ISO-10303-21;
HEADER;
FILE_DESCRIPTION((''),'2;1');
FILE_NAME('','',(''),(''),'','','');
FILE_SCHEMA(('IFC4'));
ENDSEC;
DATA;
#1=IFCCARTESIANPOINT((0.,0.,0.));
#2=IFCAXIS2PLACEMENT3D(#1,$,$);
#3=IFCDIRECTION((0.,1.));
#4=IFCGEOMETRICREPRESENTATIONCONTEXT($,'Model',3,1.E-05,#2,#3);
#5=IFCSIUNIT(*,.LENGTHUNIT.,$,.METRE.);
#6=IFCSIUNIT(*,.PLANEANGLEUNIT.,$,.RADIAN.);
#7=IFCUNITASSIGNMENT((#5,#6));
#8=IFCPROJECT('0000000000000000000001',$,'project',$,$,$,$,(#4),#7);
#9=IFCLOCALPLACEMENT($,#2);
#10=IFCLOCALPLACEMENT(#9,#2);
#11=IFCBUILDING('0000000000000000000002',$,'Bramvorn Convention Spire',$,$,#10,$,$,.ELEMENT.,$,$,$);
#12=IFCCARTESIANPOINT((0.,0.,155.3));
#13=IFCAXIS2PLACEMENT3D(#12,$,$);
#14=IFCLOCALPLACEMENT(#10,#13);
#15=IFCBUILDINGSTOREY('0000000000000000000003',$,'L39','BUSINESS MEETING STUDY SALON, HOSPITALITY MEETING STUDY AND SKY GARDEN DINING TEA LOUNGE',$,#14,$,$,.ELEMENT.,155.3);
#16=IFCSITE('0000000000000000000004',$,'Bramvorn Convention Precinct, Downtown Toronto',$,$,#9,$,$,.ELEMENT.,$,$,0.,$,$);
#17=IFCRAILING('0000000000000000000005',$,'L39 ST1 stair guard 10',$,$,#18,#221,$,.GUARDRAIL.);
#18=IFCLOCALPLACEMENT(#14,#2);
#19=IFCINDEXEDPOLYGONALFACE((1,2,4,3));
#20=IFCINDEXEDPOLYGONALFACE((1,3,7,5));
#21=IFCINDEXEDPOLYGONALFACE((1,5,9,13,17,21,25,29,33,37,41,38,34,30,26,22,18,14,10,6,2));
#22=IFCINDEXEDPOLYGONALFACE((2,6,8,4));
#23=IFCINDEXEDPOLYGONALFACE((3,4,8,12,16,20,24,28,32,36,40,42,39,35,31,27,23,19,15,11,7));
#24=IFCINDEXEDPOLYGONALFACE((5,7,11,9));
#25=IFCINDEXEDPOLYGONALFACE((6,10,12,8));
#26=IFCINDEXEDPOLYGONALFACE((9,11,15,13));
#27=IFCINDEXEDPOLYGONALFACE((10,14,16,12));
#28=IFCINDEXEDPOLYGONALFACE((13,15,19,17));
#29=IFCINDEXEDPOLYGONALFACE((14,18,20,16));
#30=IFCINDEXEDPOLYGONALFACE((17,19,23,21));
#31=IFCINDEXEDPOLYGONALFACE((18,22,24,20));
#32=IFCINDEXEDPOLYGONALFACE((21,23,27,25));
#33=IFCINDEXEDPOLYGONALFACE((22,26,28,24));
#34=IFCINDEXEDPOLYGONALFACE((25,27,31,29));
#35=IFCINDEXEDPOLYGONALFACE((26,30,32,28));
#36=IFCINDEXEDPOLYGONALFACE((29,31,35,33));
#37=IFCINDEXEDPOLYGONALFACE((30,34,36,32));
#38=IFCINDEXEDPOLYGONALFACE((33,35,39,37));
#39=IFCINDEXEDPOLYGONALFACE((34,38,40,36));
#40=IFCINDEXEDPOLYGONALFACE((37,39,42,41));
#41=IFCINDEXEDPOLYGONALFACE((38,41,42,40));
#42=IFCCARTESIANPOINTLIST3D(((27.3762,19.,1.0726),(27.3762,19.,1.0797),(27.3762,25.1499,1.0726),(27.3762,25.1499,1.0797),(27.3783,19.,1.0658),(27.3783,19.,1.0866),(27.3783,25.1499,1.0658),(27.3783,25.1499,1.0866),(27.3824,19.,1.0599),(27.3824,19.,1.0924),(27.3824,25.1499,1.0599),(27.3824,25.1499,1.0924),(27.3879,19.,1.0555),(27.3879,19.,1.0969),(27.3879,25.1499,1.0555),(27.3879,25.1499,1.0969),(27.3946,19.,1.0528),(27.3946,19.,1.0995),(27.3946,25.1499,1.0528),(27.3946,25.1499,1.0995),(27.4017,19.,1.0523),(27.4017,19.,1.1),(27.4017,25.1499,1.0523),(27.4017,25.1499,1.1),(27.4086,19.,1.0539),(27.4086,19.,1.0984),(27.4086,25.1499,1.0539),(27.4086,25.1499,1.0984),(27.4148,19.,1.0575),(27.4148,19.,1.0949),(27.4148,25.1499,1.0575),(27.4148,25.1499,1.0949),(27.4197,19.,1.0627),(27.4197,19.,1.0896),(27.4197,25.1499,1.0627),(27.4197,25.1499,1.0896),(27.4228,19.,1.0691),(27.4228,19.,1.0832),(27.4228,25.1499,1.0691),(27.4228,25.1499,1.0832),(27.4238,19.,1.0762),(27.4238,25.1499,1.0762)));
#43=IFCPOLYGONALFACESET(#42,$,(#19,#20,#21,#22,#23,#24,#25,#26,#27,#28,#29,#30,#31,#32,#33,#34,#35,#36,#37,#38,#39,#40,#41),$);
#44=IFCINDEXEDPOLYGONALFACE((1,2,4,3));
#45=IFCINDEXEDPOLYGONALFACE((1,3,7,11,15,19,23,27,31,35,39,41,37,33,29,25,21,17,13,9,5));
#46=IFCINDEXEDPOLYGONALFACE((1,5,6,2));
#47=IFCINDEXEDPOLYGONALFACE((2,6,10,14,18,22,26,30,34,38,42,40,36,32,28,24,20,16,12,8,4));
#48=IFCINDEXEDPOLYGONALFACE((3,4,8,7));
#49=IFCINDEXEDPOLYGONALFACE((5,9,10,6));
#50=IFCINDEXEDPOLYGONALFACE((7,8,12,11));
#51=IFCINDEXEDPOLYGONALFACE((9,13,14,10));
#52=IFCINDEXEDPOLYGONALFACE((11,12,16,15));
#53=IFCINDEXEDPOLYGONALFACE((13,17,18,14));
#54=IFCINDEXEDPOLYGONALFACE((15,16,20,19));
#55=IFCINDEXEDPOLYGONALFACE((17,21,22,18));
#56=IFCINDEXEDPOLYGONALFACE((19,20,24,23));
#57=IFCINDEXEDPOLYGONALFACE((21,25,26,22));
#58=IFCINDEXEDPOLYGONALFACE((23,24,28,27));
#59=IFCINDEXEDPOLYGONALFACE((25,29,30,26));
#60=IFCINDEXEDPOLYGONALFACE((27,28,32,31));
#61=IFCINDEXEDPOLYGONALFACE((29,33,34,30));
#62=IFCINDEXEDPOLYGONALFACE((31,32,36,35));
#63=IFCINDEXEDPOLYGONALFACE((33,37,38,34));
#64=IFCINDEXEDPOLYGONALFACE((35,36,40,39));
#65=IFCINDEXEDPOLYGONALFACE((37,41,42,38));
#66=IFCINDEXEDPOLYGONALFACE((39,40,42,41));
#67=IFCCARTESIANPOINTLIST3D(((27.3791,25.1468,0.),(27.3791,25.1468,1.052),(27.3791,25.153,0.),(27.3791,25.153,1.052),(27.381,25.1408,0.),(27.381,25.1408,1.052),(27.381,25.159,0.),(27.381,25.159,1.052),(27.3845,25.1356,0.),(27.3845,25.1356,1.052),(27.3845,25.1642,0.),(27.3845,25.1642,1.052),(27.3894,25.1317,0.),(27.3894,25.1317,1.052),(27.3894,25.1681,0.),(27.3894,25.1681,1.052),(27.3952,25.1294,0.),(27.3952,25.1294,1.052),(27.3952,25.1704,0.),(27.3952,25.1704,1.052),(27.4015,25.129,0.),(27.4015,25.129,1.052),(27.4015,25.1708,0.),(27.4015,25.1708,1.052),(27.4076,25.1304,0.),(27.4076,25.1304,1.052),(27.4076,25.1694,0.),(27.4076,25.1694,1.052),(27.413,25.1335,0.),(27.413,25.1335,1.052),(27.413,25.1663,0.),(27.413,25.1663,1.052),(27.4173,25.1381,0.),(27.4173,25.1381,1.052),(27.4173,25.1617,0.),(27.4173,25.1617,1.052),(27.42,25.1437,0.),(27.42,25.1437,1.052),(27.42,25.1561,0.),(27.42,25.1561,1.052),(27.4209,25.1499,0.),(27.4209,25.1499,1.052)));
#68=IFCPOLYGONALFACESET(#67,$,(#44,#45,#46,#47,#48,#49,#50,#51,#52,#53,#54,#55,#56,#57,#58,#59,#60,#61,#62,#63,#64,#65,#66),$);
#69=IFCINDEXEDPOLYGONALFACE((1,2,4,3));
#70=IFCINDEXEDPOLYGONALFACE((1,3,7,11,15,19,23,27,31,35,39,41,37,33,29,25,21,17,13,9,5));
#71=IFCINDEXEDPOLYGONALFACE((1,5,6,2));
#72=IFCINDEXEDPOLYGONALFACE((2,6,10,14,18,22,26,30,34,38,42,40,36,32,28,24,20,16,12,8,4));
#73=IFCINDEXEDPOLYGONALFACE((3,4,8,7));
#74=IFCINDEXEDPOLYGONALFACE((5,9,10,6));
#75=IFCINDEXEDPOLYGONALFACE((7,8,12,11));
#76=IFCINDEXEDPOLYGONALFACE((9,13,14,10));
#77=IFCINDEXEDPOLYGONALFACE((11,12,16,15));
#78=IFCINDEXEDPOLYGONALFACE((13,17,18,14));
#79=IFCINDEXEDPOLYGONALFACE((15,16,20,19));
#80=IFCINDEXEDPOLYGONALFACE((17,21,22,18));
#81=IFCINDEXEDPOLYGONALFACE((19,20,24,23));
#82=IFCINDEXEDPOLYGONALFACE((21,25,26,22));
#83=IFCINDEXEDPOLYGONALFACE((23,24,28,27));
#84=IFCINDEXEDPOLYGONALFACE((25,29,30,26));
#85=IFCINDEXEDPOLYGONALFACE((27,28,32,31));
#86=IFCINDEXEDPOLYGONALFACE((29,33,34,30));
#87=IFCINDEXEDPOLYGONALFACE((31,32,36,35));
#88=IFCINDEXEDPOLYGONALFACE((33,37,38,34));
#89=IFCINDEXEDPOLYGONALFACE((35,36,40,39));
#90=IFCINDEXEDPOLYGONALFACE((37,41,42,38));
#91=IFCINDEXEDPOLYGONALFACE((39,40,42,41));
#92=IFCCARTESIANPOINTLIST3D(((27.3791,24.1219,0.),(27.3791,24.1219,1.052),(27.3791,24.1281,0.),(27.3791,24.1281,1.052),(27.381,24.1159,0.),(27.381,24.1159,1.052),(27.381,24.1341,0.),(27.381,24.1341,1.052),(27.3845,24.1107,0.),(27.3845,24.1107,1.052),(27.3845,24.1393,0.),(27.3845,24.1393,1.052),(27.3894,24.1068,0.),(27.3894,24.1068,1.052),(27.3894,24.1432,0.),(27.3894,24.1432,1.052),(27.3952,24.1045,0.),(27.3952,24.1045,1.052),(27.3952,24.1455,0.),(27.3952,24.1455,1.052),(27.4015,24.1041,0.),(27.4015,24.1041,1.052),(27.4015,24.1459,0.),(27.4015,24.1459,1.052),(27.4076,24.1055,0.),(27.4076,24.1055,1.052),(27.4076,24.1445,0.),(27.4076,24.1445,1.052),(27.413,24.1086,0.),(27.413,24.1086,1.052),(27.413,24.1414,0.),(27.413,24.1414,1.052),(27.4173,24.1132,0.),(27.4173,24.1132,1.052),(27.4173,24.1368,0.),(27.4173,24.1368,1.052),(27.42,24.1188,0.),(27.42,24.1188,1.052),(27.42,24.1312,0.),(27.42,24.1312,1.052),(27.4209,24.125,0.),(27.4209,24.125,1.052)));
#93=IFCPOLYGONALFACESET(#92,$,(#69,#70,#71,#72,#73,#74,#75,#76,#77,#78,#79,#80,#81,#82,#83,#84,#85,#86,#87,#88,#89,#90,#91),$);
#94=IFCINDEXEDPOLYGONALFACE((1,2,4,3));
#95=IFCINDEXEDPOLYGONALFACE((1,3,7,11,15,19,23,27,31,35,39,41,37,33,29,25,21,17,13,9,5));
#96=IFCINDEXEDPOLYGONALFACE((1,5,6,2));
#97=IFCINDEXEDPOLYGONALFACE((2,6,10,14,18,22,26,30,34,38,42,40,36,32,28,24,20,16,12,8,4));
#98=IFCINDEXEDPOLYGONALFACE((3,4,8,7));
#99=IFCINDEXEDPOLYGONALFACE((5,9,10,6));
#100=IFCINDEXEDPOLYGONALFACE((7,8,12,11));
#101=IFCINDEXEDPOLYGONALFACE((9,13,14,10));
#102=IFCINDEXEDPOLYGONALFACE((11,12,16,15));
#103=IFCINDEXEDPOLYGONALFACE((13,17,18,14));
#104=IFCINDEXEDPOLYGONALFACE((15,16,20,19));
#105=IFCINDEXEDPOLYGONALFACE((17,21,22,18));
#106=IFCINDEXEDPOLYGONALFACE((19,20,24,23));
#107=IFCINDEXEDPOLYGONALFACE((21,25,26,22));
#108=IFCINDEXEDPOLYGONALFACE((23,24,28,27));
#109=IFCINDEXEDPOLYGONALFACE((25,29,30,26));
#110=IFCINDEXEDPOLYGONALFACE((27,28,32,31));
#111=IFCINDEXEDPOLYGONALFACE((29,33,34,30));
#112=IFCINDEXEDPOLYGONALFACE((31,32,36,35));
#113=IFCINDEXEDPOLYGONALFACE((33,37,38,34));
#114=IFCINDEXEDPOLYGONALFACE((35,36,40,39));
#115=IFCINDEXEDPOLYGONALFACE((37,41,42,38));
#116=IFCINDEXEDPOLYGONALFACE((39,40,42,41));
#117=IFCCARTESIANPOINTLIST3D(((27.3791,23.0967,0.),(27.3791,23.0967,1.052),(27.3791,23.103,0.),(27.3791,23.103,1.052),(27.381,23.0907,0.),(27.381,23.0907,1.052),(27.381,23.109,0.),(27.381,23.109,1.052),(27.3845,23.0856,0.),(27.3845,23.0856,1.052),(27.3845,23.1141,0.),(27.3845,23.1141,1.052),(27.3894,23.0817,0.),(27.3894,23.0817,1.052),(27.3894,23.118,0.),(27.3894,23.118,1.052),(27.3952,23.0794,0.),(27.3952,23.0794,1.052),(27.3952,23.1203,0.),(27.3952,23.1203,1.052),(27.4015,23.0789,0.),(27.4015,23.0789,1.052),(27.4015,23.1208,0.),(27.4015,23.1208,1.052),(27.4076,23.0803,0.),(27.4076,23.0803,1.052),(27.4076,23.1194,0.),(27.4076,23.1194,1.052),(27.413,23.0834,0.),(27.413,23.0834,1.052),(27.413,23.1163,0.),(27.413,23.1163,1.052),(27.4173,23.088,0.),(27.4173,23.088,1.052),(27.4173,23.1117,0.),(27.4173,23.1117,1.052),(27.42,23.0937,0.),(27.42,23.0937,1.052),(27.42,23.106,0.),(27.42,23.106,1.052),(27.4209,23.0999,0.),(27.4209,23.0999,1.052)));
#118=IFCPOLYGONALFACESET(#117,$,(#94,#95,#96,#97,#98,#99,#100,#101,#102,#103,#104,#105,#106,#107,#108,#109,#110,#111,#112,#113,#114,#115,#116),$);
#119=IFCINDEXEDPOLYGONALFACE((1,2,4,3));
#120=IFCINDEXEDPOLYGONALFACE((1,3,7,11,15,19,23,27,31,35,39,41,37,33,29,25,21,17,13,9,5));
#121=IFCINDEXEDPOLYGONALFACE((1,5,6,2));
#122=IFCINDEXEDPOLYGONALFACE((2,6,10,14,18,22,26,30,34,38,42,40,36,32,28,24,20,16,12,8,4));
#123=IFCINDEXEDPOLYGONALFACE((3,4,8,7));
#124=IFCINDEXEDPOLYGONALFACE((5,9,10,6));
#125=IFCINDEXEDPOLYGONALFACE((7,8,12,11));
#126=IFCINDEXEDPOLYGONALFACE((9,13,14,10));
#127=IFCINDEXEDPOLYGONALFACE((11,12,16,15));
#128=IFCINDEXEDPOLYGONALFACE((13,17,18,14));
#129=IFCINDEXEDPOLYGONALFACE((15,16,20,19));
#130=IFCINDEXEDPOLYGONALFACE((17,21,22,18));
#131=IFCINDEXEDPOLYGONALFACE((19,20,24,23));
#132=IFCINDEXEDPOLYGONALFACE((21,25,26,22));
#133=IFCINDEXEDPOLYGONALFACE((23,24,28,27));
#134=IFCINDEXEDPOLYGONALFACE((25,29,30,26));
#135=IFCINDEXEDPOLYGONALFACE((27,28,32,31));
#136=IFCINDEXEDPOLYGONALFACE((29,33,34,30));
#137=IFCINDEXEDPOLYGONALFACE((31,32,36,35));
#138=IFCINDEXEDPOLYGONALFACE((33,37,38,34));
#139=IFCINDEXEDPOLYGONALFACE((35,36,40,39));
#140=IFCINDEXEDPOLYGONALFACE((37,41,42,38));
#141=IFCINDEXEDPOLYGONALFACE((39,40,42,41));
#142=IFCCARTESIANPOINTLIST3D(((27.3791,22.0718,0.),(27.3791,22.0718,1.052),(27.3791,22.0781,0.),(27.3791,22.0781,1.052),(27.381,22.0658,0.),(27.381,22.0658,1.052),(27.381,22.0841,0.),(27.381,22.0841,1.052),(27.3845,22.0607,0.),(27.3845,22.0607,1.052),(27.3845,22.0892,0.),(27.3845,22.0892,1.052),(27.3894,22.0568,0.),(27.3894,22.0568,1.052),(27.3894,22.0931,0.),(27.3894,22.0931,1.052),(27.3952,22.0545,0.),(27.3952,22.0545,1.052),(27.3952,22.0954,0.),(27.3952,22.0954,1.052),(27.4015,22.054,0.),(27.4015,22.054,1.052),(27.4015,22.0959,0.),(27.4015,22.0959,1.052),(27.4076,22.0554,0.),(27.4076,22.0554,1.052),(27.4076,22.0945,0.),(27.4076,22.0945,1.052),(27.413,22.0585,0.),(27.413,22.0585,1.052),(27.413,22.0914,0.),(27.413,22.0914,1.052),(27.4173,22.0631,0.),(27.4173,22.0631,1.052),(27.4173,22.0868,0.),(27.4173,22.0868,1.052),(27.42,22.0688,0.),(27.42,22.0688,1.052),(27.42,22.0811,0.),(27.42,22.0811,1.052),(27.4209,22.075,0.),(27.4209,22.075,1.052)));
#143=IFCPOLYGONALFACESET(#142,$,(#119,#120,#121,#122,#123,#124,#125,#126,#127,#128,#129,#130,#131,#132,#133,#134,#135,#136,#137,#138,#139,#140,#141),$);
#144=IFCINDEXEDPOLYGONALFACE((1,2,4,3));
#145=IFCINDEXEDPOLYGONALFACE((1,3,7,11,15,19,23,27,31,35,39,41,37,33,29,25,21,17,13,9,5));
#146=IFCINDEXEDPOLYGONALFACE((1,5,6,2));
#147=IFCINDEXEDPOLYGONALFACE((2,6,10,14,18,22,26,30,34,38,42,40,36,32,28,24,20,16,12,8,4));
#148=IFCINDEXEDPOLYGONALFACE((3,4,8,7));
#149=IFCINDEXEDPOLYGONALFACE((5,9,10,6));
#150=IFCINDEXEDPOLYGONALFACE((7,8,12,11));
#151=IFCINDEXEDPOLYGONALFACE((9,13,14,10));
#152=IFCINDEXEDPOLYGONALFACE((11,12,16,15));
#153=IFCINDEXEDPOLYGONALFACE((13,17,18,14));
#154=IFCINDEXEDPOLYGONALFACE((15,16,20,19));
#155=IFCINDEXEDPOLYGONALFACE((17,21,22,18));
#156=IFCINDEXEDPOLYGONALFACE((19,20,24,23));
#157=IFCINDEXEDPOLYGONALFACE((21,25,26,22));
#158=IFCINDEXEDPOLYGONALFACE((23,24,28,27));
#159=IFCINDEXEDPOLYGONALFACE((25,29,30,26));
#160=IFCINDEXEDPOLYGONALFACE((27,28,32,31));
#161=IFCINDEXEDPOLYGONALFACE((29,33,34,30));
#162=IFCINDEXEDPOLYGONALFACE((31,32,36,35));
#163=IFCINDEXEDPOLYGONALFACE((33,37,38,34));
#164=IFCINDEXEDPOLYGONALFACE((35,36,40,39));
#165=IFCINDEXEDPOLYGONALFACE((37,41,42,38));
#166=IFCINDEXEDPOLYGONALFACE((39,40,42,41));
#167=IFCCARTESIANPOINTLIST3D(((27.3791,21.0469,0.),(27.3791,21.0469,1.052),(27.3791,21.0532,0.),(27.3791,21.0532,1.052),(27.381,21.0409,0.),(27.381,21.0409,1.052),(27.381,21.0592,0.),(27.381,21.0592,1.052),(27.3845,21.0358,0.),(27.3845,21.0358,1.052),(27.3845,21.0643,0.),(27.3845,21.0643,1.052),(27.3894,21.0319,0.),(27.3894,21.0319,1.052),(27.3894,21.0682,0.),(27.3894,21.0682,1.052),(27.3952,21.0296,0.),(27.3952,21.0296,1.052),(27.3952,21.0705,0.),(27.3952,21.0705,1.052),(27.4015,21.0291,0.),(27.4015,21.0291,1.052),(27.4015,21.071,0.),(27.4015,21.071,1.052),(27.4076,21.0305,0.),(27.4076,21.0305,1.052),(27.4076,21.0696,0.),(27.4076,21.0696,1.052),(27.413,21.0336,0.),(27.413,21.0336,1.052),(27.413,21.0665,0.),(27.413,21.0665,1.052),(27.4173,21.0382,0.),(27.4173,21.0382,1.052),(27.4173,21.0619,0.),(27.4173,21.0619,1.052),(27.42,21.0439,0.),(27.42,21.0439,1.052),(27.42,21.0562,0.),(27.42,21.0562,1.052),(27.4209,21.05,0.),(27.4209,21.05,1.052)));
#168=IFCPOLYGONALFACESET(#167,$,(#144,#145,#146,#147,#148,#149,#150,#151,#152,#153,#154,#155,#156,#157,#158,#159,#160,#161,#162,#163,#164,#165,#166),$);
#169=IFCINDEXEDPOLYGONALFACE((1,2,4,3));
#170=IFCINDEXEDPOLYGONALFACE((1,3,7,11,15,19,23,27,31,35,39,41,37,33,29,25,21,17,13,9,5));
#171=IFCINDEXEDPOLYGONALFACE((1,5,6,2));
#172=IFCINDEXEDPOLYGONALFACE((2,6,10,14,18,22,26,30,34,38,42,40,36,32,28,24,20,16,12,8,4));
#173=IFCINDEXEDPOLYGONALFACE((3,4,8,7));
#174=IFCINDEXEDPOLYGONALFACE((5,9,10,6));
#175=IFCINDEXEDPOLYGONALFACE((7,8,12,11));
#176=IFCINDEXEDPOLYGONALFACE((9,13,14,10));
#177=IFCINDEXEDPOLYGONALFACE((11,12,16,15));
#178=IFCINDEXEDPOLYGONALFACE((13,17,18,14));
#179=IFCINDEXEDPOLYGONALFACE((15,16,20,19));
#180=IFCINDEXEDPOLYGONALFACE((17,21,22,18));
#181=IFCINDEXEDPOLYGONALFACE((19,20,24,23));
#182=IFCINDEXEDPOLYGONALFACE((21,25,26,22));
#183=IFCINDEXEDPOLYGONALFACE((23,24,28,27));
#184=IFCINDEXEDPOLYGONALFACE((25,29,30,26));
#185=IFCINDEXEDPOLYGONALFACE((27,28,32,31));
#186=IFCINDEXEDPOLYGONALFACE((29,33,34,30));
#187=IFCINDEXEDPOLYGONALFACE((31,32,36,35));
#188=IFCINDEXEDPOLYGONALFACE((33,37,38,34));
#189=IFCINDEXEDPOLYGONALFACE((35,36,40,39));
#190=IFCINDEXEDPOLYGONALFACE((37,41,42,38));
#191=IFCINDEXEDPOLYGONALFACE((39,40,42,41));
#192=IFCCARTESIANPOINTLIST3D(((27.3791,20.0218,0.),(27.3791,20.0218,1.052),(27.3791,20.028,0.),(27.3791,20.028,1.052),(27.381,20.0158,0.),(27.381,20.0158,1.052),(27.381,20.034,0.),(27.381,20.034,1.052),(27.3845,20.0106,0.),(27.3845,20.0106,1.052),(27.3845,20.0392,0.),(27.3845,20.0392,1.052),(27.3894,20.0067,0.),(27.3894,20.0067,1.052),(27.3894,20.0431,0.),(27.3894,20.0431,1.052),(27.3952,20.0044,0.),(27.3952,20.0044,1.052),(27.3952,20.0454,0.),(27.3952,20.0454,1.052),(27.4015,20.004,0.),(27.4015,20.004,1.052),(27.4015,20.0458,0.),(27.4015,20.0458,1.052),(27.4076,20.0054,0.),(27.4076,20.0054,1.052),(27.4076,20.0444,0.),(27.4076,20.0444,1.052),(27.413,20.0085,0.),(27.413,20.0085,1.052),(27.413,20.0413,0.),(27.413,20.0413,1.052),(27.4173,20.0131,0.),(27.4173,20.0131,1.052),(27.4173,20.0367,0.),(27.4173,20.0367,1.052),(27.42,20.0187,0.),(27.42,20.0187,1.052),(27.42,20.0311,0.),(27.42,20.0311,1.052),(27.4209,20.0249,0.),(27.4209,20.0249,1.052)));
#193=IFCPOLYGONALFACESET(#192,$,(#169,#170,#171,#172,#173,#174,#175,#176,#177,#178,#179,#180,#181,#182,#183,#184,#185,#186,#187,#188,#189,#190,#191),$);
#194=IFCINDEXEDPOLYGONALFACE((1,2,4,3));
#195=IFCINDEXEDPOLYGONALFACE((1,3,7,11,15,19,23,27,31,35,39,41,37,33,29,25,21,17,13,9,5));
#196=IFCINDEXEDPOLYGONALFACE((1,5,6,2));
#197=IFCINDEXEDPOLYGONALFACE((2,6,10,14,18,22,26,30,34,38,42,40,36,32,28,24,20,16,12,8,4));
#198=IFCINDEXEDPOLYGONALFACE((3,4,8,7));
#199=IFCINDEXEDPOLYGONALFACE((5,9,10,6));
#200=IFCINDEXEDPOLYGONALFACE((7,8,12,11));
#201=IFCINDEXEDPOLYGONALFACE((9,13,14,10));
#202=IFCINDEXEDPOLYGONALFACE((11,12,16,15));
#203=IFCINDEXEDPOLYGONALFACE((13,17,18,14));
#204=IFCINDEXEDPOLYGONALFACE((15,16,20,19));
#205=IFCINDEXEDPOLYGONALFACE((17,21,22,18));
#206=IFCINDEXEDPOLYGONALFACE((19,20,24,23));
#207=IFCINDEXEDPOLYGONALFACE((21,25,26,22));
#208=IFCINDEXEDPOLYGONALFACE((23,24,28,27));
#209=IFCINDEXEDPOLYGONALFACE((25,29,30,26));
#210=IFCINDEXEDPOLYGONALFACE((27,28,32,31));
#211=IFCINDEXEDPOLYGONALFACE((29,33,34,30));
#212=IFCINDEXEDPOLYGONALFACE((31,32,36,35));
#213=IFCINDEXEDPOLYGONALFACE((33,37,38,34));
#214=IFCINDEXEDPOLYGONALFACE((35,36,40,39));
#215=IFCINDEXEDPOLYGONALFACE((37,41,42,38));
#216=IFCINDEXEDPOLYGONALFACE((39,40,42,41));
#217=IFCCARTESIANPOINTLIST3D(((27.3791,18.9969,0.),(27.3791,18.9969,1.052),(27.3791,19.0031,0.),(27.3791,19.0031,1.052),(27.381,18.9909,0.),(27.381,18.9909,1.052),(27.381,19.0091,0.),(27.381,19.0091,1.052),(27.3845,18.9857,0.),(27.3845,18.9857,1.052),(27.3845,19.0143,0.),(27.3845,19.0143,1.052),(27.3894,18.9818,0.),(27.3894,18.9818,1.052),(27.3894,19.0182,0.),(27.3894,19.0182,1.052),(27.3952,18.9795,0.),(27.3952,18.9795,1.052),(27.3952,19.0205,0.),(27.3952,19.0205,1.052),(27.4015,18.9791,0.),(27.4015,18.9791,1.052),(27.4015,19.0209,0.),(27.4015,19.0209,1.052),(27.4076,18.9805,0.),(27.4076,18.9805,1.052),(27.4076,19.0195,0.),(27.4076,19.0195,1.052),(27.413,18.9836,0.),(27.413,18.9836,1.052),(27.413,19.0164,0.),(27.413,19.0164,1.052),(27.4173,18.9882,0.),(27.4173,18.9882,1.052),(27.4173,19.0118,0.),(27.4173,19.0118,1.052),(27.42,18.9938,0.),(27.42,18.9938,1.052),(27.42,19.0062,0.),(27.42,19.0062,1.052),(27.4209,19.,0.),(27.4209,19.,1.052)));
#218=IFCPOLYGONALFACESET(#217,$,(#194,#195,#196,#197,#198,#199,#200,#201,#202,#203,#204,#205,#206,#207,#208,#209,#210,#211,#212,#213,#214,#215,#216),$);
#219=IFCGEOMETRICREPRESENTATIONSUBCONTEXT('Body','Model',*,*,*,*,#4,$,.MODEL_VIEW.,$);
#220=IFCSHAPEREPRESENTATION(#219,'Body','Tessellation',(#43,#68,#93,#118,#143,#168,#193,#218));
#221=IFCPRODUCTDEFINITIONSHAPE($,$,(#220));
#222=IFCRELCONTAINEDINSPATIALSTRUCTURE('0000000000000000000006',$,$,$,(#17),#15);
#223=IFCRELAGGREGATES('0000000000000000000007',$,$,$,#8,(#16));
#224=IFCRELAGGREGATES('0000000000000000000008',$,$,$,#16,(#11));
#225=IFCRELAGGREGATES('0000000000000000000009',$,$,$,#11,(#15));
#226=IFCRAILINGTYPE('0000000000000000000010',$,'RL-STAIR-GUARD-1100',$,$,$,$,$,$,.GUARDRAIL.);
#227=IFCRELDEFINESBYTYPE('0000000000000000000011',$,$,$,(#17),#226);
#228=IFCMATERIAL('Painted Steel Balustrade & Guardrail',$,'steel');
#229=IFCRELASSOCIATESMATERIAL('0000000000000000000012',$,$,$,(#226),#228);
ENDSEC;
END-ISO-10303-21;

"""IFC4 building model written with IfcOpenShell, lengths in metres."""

from ifc_helpers import new_model, si_unit, direction, frame, origin, origin_2d, place, context, subcontext, project, spatial, circle, extrude, material, type_object, element, save


model = new_model("IFC4")

# Units and contexts
model_context = context("Model", 3, precision=1e-05, world=origin(), true_north=direction((0.0, 1.0)))
body_context = subcontext(model_context, "Body", "Model", "MODEL_VIEW")
ifc_project = project(units=[si_unit("LENGTHUNIT", "METRE"), si_unit("PLANEANGLEUNIT", "RADIAN")], contexts=[model_context])

# Site, building, storey
site_placement = place(None, origin())
site = spatial("IfcSite", under=ifc_project, at=site_placement, Name="Bramvorn Convention Precinct, Downtown Toronto", CompositionType="ELEMENT", RefElevation=0.0)
building_placement = place(site_placement, origin())
building = spatial("IfcBuilding", under=site, at=building_placement, Name="Bramvorn Convention Spire", CompositionType="ELEMENT")
storey_placement = place(building_placement, frame((0.0, 0.0, 155.3)))
storey = spatial("IfcBuildingStorey", under=building, at=storey_placement, Name="L39", Description="BUSINESS MEETING STUDY SALON, HOSPITALITY MEETING STUDY AND SKY GARDEN DINING TEA LOUNGE", CompositionType="ELEMENT", Elevation=155.3)

# Railing
ifc_material_1 = material(Name="Painted Steel Balustrade & Guardrail", Category="steel")
railing_type_1 = type_object("IfcRailingType", Name="RL-STAIR-GUARD-1100", PredefinedType="GUARDRAIL", material=ifc_material_1)
railing_1_placement = place(storey_placement, frame((27.3999, 25.1499, 0.0)))
element("IfcRailing", 1, at=railing_1_placement, inside=storey, type_object=railing_type_1, Name="L39 ST1 stair guard 10", PredefinedType="GUARDRAIL", context=body_context, shape_type="SweptSolid", body=[
    extrude(circle(Radius=0.0239, at=origin_2d()), frame((0.0, 0.0, 1.0762), z_axis=(0.0, -1.0, 0.0), x_axis=(1.0, 0.0, 0.0)), (0.0, 0.0, 1.0), 6.1499),
    extrude(circle(Radius=0.021, at=origin_2d()), origin(), (0.0, 0.0, 1.0), 1.052),
    extrude(circle(Radius=0.021, at=origin_2d()), frame((0.0, -1.0249, 0.0)), (0.0, 0.0, 1.0), 1.052),
    extrude(circle(Radius=0.021, at=origin_2d()), frame((0.0, -2.05, 0.0)), (0.0, 0.0, 1.0), 1.052),
    extrude(circle(Radius=0.021, at=origin_2d()), frame((0.0, -3.075, 0.0)), (0.0, 0.0, 1.0), 1.052),
    extrude(circle(Radius=0.021, at=origin_2d()), frame((0.0, -4.0999, 0.0)), (0.0, 0.0, 1.0), 1.052),
    extrude(circle(Radius=0.021, at=origin_2d()), frame((0.0, -5.125, 0.0)), (0.0, 0.0, 1.0), 1.052),
    extrude(circle(Radius=0.021, at=origin_2d()), frame((0.0, -6.1499, 0.0)), (0.0, 0.0, 1.0), 1.052),
])

save(model, "model.ifc")
